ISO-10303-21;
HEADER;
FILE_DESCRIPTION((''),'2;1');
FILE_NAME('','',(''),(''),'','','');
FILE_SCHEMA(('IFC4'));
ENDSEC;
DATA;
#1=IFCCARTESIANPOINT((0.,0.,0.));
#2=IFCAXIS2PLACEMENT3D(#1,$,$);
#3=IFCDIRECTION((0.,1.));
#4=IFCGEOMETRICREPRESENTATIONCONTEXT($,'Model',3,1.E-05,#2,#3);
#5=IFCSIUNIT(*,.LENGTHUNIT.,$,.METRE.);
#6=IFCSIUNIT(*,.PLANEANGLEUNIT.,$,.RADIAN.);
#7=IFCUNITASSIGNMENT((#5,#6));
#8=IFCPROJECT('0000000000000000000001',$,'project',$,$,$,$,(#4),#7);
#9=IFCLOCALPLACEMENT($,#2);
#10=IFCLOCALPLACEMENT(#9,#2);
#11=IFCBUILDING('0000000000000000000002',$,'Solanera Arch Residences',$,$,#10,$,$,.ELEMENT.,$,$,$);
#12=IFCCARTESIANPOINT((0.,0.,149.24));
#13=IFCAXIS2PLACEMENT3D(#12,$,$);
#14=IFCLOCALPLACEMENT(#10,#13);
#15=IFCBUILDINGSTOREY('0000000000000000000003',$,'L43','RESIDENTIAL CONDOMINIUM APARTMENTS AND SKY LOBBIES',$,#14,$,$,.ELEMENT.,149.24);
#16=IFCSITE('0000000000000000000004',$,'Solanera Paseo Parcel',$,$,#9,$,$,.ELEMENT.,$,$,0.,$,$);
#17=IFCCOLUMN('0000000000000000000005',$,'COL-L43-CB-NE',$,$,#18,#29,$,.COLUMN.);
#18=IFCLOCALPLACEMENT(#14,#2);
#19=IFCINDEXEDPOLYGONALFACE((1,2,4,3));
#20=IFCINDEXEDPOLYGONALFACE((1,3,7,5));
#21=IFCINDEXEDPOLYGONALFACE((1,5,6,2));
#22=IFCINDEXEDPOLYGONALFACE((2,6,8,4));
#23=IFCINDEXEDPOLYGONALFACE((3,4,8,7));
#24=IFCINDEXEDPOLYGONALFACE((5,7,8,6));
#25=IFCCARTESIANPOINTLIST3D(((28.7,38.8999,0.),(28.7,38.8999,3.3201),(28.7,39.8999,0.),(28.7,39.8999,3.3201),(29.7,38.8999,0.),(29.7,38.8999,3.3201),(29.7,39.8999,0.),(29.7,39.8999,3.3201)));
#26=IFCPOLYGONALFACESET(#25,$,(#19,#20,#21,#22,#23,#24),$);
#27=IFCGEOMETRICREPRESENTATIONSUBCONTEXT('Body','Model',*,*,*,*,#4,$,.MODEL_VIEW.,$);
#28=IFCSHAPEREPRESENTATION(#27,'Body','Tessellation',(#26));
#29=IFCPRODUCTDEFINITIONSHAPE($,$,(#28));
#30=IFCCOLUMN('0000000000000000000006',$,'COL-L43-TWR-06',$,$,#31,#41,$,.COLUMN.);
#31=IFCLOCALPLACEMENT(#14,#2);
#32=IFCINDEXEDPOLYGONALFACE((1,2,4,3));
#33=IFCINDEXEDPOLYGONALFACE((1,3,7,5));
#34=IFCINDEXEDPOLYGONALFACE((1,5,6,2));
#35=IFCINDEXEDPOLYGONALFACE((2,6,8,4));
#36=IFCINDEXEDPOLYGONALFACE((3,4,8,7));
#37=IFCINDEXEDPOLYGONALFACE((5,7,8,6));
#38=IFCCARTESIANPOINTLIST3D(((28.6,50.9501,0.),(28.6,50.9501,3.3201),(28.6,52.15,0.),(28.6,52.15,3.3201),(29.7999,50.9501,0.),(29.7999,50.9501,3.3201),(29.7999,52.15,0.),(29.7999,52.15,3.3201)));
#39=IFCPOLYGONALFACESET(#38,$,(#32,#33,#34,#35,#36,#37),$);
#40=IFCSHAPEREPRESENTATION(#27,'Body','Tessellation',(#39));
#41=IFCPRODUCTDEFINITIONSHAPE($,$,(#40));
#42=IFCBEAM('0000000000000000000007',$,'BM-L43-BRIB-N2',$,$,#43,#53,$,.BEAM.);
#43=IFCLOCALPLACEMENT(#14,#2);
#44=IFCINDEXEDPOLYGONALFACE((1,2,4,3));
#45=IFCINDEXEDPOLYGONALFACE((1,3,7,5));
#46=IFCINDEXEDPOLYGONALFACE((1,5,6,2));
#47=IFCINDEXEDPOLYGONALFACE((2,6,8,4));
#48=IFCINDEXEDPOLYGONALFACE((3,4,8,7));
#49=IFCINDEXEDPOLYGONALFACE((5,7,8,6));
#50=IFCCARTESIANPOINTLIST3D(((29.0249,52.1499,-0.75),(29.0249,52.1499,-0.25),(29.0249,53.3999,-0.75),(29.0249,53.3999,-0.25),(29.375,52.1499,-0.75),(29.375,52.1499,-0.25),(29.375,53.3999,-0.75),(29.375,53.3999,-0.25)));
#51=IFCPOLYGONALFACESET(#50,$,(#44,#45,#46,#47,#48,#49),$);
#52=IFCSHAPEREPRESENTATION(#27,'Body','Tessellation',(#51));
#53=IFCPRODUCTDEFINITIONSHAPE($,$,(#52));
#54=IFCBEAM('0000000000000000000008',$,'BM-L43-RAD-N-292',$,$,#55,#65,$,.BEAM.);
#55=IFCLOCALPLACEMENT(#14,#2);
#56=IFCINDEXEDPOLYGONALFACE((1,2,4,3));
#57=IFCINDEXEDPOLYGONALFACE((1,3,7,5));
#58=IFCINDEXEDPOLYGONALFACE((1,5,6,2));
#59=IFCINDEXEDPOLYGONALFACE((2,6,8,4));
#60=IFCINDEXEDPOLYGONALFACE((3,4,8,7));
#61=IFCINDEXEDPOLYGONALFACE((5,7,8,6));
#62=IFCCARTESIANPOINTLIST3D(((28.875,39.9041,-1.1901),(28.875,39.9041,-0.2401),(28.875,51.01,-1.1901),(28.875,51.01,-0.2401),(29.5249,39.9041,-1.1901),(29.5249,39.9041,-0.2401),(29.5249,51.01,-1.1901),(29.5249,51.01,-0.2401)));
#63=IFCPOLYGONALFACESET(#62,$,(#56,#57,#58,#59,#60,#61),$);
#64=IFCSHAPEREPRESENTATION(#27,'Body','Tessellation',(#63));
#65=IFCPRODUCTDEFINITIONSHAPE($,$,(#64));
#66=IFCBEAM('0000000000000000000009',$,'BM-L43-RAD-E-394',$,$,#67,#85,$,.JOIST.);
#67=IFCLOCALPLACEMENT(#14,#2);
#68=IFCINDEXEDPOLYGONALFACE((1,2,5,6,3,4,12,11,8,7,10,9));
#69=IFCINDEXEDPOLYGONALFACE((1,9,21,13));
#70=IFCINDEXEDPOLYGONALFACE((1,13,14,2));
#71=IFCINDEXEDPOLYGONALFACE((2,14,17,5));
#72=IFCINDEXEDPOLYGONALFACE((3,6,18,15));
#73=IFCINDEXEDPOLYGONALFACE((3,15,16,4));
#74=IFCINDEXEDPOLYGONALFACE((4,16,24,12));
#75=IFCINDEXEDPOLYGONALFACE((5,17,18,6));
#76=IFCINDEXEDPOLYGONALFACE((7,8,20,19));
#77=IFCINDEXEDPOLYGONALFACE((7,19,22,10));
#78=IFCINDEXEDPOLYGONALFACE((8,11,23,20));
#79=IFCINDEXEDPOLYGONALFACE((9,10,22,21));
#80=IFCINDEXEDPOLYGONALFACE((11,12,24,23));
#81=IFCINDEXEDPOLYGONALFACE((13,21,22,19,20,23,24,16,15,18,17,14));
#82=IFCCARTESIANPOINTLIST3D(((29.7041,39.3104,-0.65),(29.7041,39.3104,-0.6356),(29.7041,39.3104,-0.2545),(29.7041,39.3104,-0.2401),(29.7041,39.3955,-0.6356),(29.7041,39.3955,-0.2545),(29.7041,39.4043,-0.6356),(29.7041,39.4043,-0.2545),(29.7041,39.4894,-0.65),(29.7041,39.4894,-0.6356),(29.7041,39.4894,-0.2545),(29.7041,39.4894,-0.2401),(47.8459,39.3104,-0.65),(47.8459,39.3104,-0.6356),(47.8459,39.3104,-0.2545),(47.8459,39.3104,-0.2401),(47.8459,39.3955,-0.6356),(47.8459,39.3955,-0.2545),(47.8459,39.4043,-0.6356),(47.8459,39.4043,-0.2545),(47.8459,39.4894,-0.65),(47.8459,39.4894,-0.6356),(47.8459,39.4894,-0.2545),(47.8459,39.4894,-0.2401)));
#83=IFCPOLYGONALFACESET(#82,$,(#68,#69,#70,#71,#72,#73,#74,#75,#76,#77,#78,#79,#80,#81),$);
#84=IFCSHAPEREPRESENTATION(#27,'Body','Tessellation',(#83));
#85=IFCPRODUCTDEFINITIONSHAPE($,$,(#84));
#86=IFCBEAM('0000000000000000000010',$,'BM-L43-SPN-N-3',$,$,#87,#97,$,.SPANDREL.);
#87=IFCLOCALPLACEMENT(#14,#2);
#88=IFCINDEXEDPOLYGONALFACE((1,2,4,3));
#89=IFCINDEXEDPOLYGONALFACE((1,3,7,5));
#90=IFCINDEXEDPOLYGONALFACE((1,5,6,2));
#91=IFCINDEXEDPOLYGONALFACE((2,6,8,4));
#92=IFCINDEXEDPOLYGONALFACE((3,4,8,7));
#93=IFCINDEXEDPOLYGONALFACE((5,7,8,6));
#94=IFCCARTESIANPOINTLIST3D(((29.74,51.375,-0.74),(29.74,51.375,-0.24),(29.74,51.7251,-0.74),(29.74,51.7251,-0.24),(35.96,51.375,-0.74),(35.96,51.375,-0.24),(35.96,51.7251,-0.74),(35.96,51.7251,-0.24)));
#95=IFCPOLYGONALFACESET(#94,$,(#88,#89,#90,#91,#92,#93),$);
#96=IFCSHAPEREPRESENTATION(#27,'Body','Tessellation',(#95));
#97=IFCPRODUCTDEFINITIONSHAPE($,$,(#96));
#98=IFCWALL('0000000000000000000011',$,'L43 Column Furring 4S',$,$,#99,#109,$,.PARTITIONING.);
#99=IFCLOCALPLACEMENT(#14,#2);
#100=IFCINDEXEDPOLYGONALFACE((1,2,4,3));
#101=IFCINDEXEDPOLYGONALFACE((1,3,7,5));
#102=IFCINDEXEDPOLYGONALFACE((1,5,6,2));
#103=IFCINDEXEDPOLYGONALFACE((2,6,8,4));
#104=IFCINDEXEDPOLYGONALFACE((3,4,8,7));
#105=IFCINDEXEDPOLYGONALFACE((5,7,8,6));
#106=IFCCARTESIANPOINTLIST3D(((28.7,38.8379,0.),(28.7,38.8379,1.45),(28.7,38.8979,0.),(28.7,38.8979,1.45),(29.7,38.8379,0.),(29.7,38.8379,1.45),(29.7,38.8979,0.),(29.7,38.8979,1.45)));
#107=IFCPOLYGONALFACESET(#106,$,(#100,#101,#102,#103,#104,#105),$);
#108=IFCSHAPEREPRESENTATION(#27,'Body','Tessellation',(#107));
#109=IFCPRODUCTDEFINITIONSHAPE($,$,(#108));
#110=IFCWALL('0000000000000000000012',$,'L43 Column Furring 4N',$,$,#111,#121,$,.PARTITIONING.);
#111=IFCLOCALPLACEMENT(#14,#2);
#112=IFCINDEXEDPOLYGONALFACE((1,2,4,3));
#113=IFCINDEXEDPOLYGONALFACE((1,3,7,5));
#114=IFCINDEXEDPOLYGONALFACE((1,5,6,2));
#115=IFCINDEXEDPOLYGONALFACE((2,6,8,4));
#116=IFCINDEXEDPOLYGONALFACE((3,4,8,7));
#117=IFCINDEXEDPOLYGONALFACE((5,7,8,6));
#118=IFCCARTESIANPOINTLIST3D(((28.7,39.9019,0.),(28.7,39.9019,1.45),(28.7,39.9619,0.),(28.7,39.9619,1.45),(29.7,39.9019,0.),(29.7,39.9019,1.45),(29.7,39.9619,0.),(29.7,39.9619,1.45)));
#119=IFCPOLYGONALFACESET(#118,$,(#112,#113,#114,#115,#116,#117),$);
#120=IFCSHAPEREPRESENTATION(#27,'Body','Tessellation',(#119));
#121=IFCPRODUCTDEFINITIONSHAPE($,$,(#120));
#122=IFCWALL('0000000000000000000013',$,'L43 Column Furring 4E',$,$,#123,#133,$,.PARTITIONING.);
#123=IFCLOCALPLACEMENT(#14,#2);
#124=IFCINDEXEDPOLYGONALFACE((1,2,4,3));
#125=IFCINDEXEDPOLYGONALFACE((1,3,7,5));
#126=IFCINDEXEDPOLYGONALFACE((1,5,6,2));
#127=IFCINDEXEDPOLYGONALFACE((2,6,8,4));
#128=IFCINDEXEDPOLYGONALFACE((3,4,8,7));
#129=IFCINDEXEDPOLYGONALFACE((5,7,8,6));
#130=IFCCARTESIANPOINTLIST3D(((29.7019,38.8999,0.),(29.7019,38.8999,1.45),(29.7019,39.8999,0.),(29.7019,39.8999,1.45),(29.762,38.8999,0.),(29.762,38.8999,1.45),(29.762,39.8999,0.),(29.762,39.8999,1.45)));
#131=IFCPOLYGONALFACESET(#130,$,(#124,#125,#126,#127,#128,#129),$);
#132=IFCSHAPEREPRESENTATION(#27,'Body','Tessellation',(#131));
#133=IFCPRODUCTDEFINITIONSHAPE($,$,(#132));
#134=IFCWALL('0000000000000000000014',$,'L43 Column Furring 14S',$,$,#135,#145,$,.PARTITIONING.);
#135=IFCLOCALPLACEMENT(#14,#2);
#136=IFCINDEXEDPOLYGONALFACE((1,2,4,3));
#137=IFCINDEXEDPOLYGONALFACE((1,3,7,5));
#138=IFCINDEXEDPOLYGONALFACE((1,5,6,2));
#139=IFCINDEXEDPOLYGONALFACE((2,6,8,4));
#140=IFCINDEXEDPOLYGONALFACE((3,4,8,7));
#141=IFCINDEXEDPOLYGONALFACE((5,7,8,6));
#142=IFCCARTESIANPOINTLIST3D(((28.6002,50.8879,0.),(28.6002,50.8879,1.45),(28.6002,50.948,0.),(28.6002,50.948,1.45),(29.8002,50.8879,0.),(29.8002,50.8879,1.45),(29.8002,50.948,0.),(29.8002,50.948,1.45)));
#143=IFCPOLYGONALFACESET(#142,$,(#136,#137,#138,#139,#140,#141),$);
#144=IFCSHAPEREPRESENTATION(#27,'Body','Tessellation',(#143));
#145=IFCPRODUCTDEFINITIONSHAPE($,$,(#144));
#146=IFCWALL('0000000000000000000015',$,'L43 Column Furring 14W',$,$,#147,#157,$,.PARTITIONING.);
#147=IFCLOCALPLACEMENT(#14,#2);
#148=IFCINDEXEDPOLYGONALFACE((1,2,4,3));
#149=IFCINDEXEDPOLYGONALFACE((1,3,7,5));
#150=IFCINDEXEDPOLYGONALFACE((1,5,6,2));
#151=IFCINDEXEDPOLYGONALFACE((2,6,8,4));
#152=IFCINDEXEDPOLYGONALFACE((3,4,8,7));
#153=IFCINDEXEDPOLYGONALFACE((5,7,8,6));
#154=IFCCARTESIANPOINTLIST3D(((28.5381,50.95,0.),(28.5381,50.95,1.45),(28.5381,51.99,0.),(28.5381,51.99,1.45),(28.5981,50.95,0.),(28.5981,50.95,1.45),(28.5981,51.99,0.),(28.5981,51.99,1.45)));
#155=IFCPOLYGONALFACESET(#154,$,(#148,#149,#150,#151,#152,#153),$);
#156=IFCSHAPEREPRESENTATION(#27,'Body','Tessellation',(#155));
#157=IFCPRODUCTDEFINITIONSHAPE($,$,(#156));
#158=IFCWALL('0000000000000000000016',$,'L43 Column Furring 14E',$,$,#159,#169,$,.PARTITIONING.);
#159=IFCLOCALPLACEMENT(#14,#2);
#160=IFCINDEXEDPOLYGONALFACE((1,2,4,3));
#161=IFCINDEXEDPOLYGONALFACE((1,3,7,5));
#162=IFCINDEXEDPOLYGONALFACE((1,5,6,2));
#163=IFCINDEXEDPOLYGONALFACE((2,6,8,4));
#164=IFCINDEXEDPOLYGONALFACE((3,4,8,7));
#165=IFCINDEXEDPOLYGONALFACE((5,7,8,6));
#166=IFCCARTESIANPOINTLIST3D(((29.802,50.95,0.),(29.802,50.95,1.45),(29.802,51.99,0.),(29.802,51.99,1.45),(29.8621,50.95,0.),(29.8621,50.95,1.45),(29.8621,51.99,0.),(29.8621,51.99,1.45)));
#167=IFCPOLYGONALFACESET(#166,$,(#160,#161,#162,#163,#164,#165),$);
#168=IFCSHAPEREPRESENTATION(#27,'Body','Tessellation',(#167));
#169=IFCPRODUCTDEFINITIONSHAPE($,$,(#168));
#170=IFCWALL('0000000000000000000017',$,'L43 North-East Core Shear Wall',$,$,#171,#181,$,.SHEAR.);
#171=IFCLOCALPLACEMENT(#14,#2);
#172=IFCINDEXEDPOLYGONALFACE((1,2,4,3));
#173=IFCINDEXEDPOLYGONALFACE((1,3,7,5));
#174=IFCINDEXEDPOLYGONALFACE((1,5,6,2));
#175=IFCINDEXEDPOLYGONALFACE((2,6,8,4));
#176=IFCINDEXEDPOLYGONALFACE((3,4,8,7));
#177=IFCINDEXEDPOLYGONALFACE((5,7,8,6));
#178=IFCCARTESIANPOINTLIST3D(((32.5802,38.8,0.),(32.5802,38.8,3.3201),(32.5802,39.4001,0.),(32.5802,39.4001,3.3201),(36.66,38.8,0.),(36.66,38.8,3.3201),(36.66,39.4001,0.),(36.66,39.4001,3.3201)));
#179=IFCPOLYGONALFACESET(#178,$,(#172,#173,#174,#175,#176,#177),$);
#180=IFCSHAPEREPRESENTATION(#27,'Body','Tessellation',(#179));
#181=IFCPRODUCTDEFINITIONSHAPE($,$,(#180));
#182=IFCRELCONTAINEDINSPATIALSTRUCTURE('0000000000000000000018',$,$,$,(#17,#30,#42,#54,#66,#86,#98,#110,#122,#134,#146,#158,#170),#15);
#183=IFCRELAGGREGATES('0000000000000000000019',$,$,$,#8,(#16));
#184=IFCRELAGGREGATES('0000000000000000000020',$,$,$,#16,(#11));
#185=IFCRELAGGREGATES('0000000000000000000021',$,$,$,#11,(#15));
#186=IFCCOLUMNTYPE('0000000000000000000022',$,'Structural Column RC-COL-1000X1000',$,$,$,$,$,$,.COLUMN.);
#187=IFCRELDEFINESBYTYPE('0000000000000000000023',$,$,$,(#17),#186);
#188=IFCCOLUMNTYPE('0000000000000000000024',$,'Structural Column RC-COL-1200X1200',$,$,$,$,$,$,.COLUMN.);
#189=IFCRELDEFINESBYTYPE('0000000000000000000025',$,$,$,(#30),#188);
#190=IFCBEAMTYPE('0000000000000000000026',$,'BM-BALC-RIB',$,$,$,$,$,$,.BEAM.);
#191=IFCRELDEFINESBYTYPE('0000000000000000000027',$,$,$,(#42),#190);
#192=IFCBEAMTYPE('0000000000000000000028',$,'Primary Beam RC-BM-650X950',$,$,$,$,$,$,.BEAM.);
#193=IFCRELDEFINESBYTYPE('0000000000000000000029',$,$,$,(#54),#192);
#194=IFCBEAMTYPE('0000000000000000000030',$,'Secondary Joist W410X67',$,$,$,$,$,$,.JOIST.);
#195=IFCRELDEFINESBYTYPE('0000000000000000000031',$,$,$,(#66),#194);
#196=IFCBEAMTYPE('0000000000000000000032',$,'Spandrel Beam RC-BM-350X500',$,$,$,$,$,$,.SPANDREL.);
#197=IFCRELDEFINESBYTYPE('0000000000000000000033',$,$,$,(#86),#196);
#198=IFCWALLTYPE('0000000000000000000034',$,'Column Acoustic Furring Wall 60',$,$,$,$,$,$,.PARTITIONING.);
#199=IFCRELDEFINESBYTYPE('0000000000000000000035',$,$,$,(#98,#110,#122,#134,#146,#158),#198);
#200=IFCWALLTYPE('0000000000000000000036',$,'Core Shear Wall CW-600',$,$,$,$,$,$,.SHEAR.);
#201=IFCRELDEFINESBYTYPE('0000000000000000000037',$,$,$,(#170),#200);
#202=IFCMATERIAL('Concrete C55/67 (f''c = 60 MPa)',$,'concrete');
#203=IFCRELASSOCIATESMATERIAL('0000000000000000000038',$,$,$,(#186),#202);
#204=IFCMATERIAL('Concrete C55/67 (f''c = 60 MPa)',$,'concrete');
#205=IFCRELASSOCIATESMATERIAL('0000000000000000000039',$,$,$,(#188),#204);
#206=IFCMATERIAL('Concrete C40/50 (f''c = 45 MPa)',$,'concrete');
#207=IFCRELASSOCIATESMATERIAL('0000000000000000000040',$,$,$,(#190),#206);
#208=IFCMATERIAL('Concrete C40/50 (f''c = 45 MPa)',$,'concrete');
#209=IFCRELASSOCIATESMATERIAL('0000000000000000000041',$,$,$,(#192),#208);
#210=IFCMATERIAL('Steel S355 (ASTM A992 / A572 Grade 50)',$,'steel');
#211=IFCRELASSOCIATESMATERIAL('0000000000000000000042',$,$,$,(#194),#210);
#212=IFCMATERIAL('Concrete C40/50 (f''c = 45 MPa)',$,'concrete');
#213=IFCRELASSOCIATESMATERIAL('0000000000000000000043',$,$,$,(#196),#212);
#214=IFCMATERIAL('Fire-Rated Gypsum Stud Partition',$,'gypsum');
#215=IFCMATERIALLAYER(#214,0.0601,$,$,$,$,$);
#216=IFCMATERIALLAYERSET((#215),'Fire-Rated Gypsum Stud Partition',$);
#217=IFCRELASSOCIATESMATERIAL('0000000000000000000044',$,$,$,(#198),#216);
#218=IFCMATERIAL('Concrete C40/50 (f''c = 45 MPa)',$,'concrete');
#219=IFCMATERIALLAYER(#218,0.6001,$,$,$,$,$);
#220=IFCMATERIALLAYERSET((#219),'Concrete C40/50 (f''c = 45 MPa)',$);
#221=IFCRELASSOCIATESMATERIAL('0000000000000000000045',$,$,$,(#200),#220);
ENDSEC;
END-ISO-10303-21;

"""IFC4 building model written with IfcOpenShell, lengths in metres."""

from ifc_helpers import new_model, si_unit, direction, frame, frame_2d, origin, origin_2d, place, context, subcontext, project, spatial, rectangle, i_section, extrude, material, layer, layer_set, material_profile, profile_set, type_object, element, save


model = new_model("IFC4")

# Units and contexts
model_context = context("Model", 3, precision=1e-05, world=origin(), true_north=direction((0.0, 1.0)))
body_context = subcontext(model_context, "Body", "Model", "MODEL_VIEW")
ifc_project = project(units=[si_unit("LENGTHUNIT", "METRE"), si_unit("PLANEANGLEUNIT", "RADIAN")], contexts=[model_context])

# Site, building, storey
site_placement = place(None, origin())
site = spatial("IfcSite", under=ifc_project, at=site_placement, Name="Solanera Paseo Parcel", CompositionType="ELEMENT", RefElevation=0.0)
building_placement = place(site_placement, origin())
building = spatial("IfcBuilding", under=site, at=building_placement, Name="Solanera Arch Residences", CompositionType="ELEMENT")
storey_placement = place(building_placement, frame((0.0, 0.0, 149.24)))
storey = spatial("IfcBuildingStorey", under=building, at=storey_placement, Name="L43", Description="RESIDENTIAL CONDOMINIUM APARTMENTS AND SKY LOBBIES", CompositionType="ELEMENT", Elevation=149.24)

# Columns
ifc_material_1 = material(Name="Concrete C55/67 (f'c = 60 MPa)", Category="concrete")
ifc_material_profile_1 = material_profile(ifc_material_1, rectangle(XDim=1.0, YDim=1.0, at=origin_2d()))
ifc_profile_set_1 = profile_set([ifc_material_profile_1], Name="Concrete C55/67 (f'c = 60 MPa)")
column_type_1 = type_object("IfcColumnType", Name="Structural Column RC-COL-1000X1000", PredefinedType="COLUMN", material=ifc_profile_set_1)
column_1_placement = place(storey_placement, frame((29.2, 39.3999, 0.0), z_axis=(0.0, 0.0, 1.0), x_axis=(1.0, 0.0, 0.0)))
element("IfcColumn", 1, at=column_1_placement, inside=storey, type_object=column_type_1, Name="COL-L43-CB-NE", PredefinedType="COLUMN", context=body_context, shape_type="SweptSolid", body=[
    extrude(rectangle(XDim=1.0, YDim=1.0, at=origin_2d()), origin(), (0.0, 0.0, 1.0), 3.3201),
])
ifc_material_2 = material(Name="Concrete C55/67 (f'c = 60 MPa)", Category="concrete")
ifc_material_profile_2 = material_profile(ifc_material_2, rectangle(XDim=1.2, YDim=1.2, at=origin_2d()))
ifc_profile_set_2 = profile_set([ifc_material_profile_2], Name="Concrete C55/67 (f'c = 60 MPa)")
column_type_2 = type_object("IfcColumnType", Name="Structural Column RC-COL-1200X1200", PredefinedType="COLUMN", material=ifc_profile_set_2)
column_2_placement = place(storey_placement, frame((29.2, 51.55, 0.0), z_axis=(0.0, 0.0, 1.0), x_axis=(1.0, 0.0, 0.0)))
element("IfcColumn", 2, at=column_2_placement, inside=storey, type_object=column_type_2, Name="COL-L43-TWR-06", PredefinedType="COLUMN", context=body_context, shape_type="SweptSolid", body=[
    extrude(rectangle(XDim=1.2, YDim=1.2, at=origin_2d()), origin(), (0.0, 0.0, 1.0), 3.3201),
])

# Beams
ifc_material_3 = material(Name="Concrete C40/50 (f'c = 45 MPa)", Category="concrete")
ifc_material_profile_3 = material_profile(ifc_material_3, rectangle(XDim=0.3501, YDim=0.5, at=origin_2d()))
ifc_profile_set_3 = profile_set([ifc_material_profile_3], Name="Concrete C40/50 (f'c = 45 MPa)")
beam_type_1 = type_object("IfcBeamType", Name="BM-BALC-RIB", PredefinedType="BEAM", material=ifc_profile_set_3)
beam_1_placement = place(storey_placement, frame((29.2, 52.1499, -0.5), z_axis=(0.0, 1.0, 0.0), x_axis=(-1.0, 0.0, 0.0)))
element("IfcBeam", 3, at=beam_1_placement, inside=storey, type_object=beam_type_1, Name="BM-L43-BRIB-N2", PredefinedType="BEAM", context=body_context, shape_type="SweptSolid", body=[
    extrude(rectangle(XDim=0.3501, YDim=0.5, at=origin_2d()), origin(), (0.0, 0.0, 1.0), 1.25),
])
ifc_material_4 = material(Name="Concrete C40/50 (f'c = 45 MPa)", Category="concrete")
ifc_material_profile_4 = material_profile(ifc_material_4, rectangle(XDim=0.6499, YDim=0.95, at=origin_2d()))
ifc_profile_set_4 = profile_set([ifc_material_profile_4], Name="Concrete C40/50 (f'c = 45 MPa)")
beam_type_2 = type_object("IfcBeamType", Name="Primary Beam RC-BM-650X950", PredefinedType="BEAM", material=ifc_profile_set_4)
beam_2_placement = place(storey_placement, frame((29.2, 39.9041, -0.7151), z_axis=(0.0, 1.0, 0.0), x_axis=(-1.0, 0.0, 0.0)))
element("IfcBeam", 4, at=beam_2_placement, inside=storey, type_object=beam_type_2, Name="BM-L43-RAD-N-292", PredefinedType="BEAM", context=body_context, shape_type="SweptSolid", body=[
    extrude(rectangle(XDim=0.6499, YDim=0.95, at=origin_2d()), origin(), (0.0, 0.0, 1.0), 11.106),
])
ifc_material_5 = material(Name="Steel S355 (ASTM A992 / A572 Grade 50)", Category="steel")
ifc_material_profile_5 = material_profile(ifc_material_5, i_section(OverallWidth=0.179, OverallDepth=0.4099, WebThickness=0.0088, FlangeThickness=0.0144, at=origin_2d()))
ifc_profile_set_5 = profile_set([ifc_material_profile_5], Name="Steel S355 (ASTM A992 / A572 Grade 50)")
beam_type_3 = type_object("IfcBeamType", Name="Secondary Joist W410X67", PredefinedType="JOIST", material=ifc_profile_set_5)
beam_3_placement = place(storey_placement, frame((29.7041, 39.3999, -0.4451), z_axis=(1.0, 0.0, 0.0), x_axis=(0.0, 1.0, 0.0)))
element("IfcBeam", 5, at=beam_3_placement, inside=storey, type_object=beam_type_3, Name="BM-L43-RAD-E-394", PredefinedType="JOIST", context=body_context, shape_type="SweptSolid", body=[
    extrude(i_section(OverallWidth=0.179, OverallDepth=0.4099, WebThickness=0.0088, FlangeThickness=0.0144, at=origin_2d()), origin(), (0.0, 0.0, 1.0), 18.1418),
])
ifc_material_6 = material(Name="Concrete C40/50 (f'c = 45 MPa)", Category="concrete")
ifc_material_profile_6 = material_profile(ifc_material_6, rectangle(XDim=0.3501, YDim=0.5, at=origin_2d()))
ifc_profile_set_6 = profile_set([ifc_material_profile_6], Name="Concrete C40/50 (f'c = 45 MPa)")
beam_type_4 = type_object("IfcBeamType", Name="Spandrel Beam RC-BM-350X500", PredefinedType="SPANDREL", material=ifc_profile_set_6)
beam_4_placement = place(storey_placement, frame((29.74, 51.55, -0.49), z_axis=(1.0, 0.0, 0.0), x_axis=(0.0, 1.0, 0.0)))
element("IfcBeam", 6, at=beam_4_placement, inside=storey, type_object=beam_type_4, Name="BM-L43-SPN-N-3", PredefinedType="SPANDREL", context=body_context, shape_type="SweptSolid", body=[
    extrude(rectangle(XDim=0.3501, YDim=0.5, at=origin_2d()), origin(), (0.0, 0.0, 1.0), 6.22),
])

# Walls
ifc_material_7 = material(Name="Fire-Rated Gypsum Stud Partition", Category="gypsum")
ifc_layer_1 = layer(ifc_material_7, 0.0601)
ifc_layer_set_1 = layer_set([ifc_layer_1], Name="Fire-Rated Gypsum Stud Partition")
wall_type_1 = type_object("IfcWallType", Name="Column Acoustic Furring Wall 60", PredefinedType="PARTITIONING", material=ifc_layer_set_1)
for number, where, z_axis, x_axis, name in (
    (7, (28.7, 38.8679, 0.0), (0.0, 0.0, 1.0), (1.0, 0.0, 0.0), "L43 Column Furring 4S"),
    (8, (28.7, 39.9319, 0.0), (0.0, 0.0, 1.0), (1.0, 0.0, 0.0), "L43 Column Furring 4N"),
    (9, (29.7319, 38.8999, 0.0), (0.0, 0.0, 1.0), (0.0, 1.0, 0.0), "L43 Column Furring 4E"),
):
    element("IfcWall", number, at=place(storey_placement, frame(where, z_axis=z_axis, x_axis=x_axis)), inside=storey, type_object=wall_type_1, Name=name, PredefinedType="PARTITIONING", context=body_context, shape_type="SweptSolid", body=[
        extrude(rectangle(XDim=1.0, YDim=0.0601, at=frame_2d((0.5, 0.0))), origin(), (0.0, 0.0, 1.0), 1.45),
    ])
wall_1_placement = place(storey_placement, frame((28.6001, 50.918, 0.0), z_axis=(0.0, 0.0, 1.0), x_axis=(1.0, 0.0, 0.0)))
element("IfcWall", 10, at=wall_1_placement, inside=storey, type_object=wall_type_1, Name="L43 Column Furring 14S", PredefinedType="PARTITIONING", context=body_context, shape_type="SweptSolid", body=[
    extrude(rectangle(XDim=1.2, YDim=0.0601, at=frame_2d((0.6001, 0.0))), origin(), (0.0, 0.0, 1.0), 1.45),
])
for number, where, z_axis, x_axis, name in (
    (11, (28.5681, 50.95, 0.0), (0.0, 0.0, 1.0), (0.0, 1.0, 0.0), "L43 Column Furring 14W"),
    (12, (29.832, 50.95, 0.0), (0.0, 0.0, 1.0), (0.0, 1.0, 0.0), "L43 Column Furring 14E"),
):
    element("IfcWall", number, at=place(storey_placement, frame(where, z_axis=z_axis, x_axis=x_axis)), inside=storey, type_object=wall_type_1, Name=name, PredefinedType="PARTITIONING", context=body_context, shape_type="SweptSolid", body=[
        extrude(rectangle(XDim=1.04, YDim=0.0601, at=frame_2d((0.52, 0.0))), origin(), (0.0, 0.0, 1.0), 1.45),
    ])
ifc_material_8 = material(Name="Concrete C40/50 (f'c = 45 MPa)", Category="concrete")
ifc_layer_2 = layer(ifc_material_8, 0.6001)
ifc_layer_set_2 = layer_set([ifc_layer_2], Name="Concrete C40/50 (f'c = 45 MPa)")
wall_type_2 = type_object("IfcWallType", Name="Core Shear Wall CW-600", PredefinedType="SHEAR", material=ifc_layer_set_2)
wall_2_placement = place(storey_placement, frame((32.5801, 39.1001, 0.0), z_axis=(0.0, 0.0, 1.0), x_axis=(1.0, 0.0, 0.0)))
element("IfcWall", 13, at=wall_2_placement, inside=storey, type_object=wall_type_2, Name="L43 North-East Core Shear Wall", PredefinedType="SHEAR", context=body_context, shape_type="SweptSolid", body=[
    extrude(rectangle(XDim=4.0798, YDim=0.6001, at=frame_2d((2.04, 0.0))), origin(), (0.0, 0.0, 1.0), 3.3201),
])

save(model, "model.ifc")
